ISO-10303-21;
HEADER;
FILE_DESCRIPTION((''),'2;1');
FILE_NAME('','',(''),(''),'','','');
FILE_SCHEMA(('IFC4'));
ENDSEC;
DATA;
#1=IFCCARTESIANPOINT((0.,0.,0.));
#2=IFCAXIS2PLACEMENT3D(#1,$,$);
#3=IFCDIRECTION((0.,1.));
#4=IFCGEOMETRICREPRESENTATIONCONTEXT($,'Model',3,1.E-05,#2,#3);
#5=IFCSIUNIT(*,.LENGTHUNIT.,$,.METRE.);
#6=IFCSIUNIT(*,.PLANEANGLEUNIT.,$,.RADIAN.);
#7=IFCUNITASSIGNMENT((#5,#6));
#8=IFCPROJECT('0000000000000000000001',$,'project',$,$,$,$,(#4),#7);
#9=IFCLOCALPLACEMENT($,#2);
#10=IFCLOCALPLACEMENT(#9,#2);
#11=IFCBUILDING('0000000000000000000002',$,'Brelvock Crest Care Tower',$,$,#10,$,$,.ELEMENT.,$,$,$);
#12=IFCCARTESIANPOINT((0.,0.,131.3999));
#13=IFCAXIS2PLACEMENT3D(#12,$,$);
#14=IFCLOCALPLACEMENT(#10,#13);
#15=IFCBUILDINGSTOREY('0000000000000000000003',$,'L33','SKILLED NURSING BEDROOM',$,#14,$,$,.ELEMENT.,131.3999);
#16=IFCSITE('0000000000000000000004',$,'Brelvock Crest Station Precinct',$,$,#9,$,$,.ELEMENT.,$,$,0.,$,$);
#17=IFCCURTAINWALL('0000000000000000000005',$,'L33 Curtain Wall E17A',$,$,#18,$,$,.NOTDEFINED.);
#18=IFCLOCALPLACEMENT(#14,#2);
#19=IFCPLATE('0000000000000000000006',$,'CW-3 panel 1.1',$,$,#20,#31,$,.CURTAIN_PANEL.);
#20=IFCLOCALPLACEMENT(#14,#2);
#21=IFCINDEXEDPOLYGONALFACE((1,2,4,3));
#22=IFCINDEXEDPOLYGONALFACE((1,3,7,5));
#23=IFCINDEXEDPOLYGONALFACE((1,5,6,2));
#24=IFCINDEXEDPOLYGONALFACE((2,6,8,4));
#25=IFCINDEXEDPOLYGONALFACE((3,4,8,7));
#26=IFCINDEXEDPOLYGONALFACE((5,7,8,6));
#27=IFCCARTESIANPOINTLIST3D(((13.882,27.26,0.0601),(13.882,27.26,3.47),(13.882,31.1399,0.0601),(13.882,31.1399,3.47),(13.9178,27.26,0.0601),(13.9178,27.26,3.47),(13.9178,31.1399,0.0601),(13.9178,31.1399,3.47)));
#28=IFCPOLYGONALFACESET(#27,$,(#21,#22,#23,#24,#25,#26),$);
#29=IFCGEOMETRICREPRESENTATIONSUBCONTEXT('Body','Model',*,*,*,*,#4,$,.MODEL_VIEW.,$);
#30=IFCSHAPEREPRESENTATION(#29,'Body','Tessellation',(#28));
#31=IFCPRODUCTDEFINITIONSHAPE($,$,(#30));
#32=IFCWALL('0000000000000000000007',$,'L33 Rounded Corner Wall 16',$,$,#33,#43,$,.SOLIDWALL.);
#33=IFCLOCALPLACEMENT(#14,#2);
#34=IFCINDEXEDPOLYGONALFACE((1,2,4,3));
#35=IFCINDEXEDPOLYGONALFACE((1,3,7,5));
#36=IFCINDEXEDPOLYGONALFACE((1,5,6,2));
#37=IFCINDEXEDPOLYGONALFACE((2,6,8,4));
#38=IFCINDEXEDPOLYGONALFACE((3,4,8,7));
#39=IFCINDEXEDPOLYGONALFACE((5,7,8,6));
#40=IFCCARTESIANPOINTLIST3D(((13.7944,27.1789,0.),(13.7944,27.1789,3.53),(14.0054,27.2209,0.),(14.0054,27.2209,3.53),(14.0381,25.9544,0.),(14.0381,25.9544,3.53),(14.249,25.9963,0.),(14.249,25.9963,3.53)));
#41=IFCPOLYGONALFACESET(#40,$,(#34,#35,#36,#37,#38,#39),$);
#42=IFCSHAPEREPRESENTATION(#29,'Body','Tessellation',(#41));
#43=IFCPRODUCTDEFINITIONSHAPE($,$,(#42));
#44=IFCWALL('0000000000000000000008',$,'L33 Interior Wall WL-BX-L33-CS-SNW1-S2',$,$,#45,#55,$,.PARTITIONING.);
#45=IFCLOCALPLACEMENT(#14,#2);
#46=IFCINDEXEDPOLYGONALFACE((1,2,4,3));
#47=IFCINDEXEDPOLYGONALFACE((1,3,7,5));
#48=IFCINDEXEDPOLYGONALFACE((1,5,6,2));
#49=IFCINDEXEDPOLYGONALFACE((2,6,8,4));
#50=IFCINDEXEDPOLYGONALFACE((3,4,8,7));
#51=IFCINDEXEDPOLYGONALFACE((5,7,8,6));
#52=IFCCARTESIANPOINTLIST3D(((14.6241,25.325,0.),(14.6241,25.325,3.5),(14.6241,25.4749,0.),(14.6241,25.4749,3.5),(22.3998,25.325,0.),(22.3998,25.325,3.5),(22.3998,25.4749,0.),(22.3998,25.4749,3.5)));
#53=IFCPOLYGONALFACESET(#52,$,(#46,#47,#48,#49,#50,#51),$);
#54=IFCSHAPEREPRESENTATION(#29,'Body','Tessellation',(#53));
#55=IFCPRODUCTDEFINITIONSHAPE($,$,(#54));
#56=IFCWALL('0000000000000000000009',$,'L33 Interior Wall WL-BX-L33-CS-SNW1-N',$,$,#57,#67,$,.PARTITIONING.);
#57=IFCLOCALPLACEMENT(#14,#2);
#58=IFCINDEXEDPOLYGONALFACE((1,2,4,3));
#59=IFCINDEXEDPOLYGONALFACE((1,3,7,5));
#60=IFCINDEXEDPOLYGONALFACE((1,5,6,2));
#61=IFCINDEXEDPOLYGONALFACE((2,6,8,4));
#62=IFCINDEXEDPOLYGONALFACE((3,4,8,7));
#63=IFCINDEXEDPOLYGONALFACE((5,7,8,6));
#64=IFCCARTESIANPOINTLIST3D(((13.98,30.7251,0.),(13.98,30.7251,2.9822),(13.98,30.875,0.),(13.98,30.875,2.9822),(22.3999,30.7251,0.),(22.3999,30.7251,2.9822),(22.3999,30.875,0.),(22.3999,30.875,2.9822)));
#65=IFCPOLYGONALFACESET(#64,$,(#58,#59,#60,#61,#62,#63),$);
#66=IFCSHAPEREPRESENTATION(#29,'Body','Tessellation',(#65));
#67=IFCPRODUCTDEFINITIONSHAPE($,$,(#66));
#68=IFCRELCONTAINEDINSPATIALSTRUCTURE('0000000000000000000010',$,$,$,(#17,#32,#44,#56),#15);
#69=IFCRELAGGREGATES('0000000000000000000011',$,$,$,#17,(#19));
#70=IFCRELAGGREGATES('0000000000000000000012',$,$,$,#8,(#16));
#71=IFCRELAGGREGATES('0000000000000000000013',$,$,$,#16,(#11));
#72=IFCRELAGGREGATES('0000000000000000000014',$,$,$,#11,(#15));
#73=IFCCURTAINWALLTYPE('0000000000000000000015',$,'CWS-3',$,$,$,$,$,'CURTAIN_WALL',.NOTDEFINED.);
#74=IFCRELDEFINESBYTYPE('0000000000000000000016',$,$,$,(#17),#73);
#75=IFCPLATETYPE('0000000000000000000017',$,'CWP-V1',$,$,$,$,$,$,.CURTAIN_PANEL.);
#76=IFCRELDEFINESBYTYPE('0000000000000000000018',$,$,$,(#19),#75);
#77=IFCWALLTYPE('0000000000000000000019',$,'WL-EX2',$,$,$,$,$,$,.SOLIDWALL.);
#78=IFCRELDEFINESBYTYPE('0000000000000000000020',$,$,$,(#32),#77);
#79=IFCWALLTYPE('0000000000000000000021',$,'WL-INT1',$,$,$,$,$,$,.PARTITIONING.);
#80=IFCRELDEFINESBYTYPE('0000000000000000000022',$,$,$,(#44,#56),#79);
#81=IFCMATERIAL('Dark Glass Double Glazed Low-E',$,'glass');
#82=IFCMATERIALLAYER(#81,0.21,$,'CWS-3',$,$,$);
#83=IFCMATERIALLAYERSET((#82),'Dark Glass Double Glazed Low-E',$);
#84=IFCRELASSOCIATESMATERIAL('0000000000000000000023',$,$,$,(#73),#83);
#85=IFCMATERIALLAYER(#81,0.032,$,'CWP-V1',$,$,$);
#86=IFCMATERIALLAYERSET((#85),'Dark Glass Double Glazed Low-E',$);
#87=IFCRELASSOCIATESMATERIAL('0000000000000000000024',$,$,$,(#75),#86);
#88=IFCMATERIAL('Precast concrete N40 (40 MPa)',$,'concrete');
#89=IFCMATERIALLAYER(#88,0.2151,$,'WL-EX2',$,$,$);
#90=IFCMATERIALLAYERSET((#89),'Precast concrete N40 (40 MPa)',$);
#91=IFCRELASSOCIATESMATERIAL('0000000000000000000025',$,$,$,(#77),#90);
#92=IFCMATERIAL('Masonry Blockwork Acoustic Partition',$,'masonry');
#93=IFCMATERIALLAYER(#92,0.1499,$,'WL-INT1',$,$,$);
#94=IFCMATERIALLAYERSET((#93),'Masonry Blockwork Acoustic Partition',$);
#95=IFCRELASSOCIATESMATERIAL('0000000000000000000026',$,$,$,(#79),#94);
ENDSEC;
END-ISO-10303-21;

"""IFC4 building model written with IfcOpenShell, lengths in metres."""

from ifc_helpers import new_model, si_unit, direction, frame, frame_2d, origin, origin_2d, place, context, subcontext, project, spatial, rectangle, extrude, source, transform, mapped, material, layer, layer_set, type_object, element, aggregate, save


model = new_model("IFC4")

# Units and contexts
model_context = context("Model", 3, precision=1e-05, world=origin(), true_north=direction((0.0, 1.0)))
body_context = subcontext(model_context, "Body", "Model", "MODEL_VIEW")
ifc_project = project(units=[si_unit("LENGTHUNIT", "METRE"), si_unit("PLANEANGLEUNIT", "RADIAN")], contexts=[model_context])

# Site, building, storey
site_placement = place(None, origin())
site = spatial("IfcSite", under=ifc_project, at=site_placement, Name="Brelvock Crest Station Precinct", CompositionType="ELEMENT", RefElevation=0.0)
building_placement = place(site_placement, origin())
building = spatial("IfcBuilding", under=site, at=building_placement, Name="Brelvock Crest Care Tower", CompositionType="ELEMENT")
storey_placement = place(building_placement, frame((0.0, 0.0, 131.3999)))
storey = spatial("IfcBuildingStorey", under=building, at=storey_placement, Name="L33", Description="SKILLED NURSING BEDROOM", CompositionType="ELEMENT", Elevation=131.3999)

# Curtain wall, plate
ifc_material_1 = material(Name="Dark Glass Double Glazed Low-E", Category="glass")
ifc_layer_1 = layer(ifc_material_1, 0.21, Name="CWS-3")
ifc_layer_set_1 = layer_set([ifc_layer_1], Name="Dark Glass Double Glazed Low-E")
curtain_wall_type = type_object("IfcCurtainWallType", Name="CWS-3", ElementType="CURTAIN_WALL", PredefinedType="NOTDEFINED", material=ifc_layer_set_1)
curtain_wall_placement = place(storey_placement, origin())
curtain_wall = element("IfcCurtainWall", 1, at=curtain_wall_placement, inside=storey, type_object=curtain_wall_type, Name="L33 Curtain Wall E17A", PredefinedType="NOTDEFINED")
ifc_layer_2 = layer(ifc_material_1, 0.032, Name="CWP-V1")
ifc_layer_set_2 = layer_set([ifc_layer_2], Name="Dark Glass Double Glazed Low-E")
plate_type = type_object("IfcPlateType", Name="CWP-V1", PredefinedType="CURTAIN_PANEL", material=ifc_layer_set_2)
shared_shape_1 = source(origin(), body_context, "Body", "SweptSolid", [
    extrude(rectangle(XDim=3.8799, YDim=0.0359, at=origin_2d()), origin(), (0.0, 0.0, 1.0), 3.4099),
])
plate_placement = place(storey_placement, frame((13.8999, 29.2, 0.0601), z_axis=(0.0, 0.0, 1.0), x_axis=(0.0, 1.0, 0.0)))
plate = element("IfcPlate", 2, at=plate_placement, type_object=plate_type, Name="CW-3 panel 1.1", PredefinedType="CURTAIN_PANEL", context=body_context, shape_type="MappedRepresentation", body=[
    mapped(shared_shape_1, transform((0.0, 0.0, 0.0), x_axis=(1.0, 0.0, 0.0), y_axis=(0.0, 1.0, 0.0), z_axis=(0.0, 0.0, 1.0), scale=1.0)),
])
aggregate(curtain_wall, [plate])

# Shared definitions
ifc_material_2 = material(Name="Precast concrete N40 (40 MPa)", Category="concrete")

# Walls
ifc_layer_3 = layer(ifc_material_2, 0.2151, Name="WL-EX2")
ifc_layer_set_3 = layer_set([ifc_layer_3], Name="Precast concrete N40 (40 MPa)")
wall_type_1 = type_object("IfcWallType", Name="WL-EX2", PredefinedType="SOLIDWALL", material=ifc_layer_set_3)
wall_1_placement = place(storey_placement, frame((14.1436, 25.9753, 0.0), z_axis=(0.0, 0.0, 1.0), x_axis=(-0.195138, 0.980776, 0.0)))
element("IfcWall", 3, at=wall_1_placement, inside=storey, type_object=wall_type_1, Name="L33 Rounded Corner Wall 16", PredefinedType="SOLIDWALL", context=body_context, shape_type="SweptSolid", body=[
    extrude(rectangle(XDim=1.2485, YDim=0.2151, at=frame_2d((0.6243, 0.0))), origin(), (0.0, 0.0, 1.0), 3.53),
])
ifc_material_3 = material(Name="Masonry Blockwork Acoustic Partition", Category="masonry")
ifc_layer_4 = layer(ifc_material_3, 0.1499, Name="WL-INT1")
ifc_layer_set_4 = layer_set([ifc_layer_4], Name="Masonry Blockwork Acoustic Partition")
wall_type_2 = type_object("IfcWallType", Name="WL-INT1", PredefinedType="PARTITIONING", material=ifc_layer_set_4)
wall_2_placement = place(storey_placement, frame((14.6243, 25.3999, 0.0), z_axis=(0.0, 0.0, 1.0), x_axis=(1.0, 0.0, 0.0)))
element("IfcWall", 4, at=wall_2_placement, inside=storey, type_object=wall_type_2, Name="L33 Interior Wall WL-BX-L33-CS-SNW1-S2", PredefinedType="PARTITIONING", context=body_context, shape_type="SweptSolid", body=[
    extrude(rectangle(XDim=7.7756, YDim=0.1499, at=frame_2d((3.8877, 0.0))), origin(), (0.0, 0.0, 1.0), 3.5),
])
wall_3_placement = place(storey_placement, frame((13.98, 30.8, 0.0), z_axis=(0.0, 0.0, 1.0), x_axis=(1.0, 0.0, 0.0)))
element("IfcWall", 5, at=wall_3_placement, inside=storey, type_object=wall_type_2, Name="L33 Interior Wall WL-BX-L33-CS-SNW1-N", PredefinedType="PARTITIONING", context=body_context, shape_type="SweptSolid", body=[
    extrude(rectangle(XDim=8.4199, YDim=0.1499, at=frame_2d((4.21, 0.0))), origin(), (0.0, 0.0, 1.0), 2.9822),
])

save(model, "model.ifc")
